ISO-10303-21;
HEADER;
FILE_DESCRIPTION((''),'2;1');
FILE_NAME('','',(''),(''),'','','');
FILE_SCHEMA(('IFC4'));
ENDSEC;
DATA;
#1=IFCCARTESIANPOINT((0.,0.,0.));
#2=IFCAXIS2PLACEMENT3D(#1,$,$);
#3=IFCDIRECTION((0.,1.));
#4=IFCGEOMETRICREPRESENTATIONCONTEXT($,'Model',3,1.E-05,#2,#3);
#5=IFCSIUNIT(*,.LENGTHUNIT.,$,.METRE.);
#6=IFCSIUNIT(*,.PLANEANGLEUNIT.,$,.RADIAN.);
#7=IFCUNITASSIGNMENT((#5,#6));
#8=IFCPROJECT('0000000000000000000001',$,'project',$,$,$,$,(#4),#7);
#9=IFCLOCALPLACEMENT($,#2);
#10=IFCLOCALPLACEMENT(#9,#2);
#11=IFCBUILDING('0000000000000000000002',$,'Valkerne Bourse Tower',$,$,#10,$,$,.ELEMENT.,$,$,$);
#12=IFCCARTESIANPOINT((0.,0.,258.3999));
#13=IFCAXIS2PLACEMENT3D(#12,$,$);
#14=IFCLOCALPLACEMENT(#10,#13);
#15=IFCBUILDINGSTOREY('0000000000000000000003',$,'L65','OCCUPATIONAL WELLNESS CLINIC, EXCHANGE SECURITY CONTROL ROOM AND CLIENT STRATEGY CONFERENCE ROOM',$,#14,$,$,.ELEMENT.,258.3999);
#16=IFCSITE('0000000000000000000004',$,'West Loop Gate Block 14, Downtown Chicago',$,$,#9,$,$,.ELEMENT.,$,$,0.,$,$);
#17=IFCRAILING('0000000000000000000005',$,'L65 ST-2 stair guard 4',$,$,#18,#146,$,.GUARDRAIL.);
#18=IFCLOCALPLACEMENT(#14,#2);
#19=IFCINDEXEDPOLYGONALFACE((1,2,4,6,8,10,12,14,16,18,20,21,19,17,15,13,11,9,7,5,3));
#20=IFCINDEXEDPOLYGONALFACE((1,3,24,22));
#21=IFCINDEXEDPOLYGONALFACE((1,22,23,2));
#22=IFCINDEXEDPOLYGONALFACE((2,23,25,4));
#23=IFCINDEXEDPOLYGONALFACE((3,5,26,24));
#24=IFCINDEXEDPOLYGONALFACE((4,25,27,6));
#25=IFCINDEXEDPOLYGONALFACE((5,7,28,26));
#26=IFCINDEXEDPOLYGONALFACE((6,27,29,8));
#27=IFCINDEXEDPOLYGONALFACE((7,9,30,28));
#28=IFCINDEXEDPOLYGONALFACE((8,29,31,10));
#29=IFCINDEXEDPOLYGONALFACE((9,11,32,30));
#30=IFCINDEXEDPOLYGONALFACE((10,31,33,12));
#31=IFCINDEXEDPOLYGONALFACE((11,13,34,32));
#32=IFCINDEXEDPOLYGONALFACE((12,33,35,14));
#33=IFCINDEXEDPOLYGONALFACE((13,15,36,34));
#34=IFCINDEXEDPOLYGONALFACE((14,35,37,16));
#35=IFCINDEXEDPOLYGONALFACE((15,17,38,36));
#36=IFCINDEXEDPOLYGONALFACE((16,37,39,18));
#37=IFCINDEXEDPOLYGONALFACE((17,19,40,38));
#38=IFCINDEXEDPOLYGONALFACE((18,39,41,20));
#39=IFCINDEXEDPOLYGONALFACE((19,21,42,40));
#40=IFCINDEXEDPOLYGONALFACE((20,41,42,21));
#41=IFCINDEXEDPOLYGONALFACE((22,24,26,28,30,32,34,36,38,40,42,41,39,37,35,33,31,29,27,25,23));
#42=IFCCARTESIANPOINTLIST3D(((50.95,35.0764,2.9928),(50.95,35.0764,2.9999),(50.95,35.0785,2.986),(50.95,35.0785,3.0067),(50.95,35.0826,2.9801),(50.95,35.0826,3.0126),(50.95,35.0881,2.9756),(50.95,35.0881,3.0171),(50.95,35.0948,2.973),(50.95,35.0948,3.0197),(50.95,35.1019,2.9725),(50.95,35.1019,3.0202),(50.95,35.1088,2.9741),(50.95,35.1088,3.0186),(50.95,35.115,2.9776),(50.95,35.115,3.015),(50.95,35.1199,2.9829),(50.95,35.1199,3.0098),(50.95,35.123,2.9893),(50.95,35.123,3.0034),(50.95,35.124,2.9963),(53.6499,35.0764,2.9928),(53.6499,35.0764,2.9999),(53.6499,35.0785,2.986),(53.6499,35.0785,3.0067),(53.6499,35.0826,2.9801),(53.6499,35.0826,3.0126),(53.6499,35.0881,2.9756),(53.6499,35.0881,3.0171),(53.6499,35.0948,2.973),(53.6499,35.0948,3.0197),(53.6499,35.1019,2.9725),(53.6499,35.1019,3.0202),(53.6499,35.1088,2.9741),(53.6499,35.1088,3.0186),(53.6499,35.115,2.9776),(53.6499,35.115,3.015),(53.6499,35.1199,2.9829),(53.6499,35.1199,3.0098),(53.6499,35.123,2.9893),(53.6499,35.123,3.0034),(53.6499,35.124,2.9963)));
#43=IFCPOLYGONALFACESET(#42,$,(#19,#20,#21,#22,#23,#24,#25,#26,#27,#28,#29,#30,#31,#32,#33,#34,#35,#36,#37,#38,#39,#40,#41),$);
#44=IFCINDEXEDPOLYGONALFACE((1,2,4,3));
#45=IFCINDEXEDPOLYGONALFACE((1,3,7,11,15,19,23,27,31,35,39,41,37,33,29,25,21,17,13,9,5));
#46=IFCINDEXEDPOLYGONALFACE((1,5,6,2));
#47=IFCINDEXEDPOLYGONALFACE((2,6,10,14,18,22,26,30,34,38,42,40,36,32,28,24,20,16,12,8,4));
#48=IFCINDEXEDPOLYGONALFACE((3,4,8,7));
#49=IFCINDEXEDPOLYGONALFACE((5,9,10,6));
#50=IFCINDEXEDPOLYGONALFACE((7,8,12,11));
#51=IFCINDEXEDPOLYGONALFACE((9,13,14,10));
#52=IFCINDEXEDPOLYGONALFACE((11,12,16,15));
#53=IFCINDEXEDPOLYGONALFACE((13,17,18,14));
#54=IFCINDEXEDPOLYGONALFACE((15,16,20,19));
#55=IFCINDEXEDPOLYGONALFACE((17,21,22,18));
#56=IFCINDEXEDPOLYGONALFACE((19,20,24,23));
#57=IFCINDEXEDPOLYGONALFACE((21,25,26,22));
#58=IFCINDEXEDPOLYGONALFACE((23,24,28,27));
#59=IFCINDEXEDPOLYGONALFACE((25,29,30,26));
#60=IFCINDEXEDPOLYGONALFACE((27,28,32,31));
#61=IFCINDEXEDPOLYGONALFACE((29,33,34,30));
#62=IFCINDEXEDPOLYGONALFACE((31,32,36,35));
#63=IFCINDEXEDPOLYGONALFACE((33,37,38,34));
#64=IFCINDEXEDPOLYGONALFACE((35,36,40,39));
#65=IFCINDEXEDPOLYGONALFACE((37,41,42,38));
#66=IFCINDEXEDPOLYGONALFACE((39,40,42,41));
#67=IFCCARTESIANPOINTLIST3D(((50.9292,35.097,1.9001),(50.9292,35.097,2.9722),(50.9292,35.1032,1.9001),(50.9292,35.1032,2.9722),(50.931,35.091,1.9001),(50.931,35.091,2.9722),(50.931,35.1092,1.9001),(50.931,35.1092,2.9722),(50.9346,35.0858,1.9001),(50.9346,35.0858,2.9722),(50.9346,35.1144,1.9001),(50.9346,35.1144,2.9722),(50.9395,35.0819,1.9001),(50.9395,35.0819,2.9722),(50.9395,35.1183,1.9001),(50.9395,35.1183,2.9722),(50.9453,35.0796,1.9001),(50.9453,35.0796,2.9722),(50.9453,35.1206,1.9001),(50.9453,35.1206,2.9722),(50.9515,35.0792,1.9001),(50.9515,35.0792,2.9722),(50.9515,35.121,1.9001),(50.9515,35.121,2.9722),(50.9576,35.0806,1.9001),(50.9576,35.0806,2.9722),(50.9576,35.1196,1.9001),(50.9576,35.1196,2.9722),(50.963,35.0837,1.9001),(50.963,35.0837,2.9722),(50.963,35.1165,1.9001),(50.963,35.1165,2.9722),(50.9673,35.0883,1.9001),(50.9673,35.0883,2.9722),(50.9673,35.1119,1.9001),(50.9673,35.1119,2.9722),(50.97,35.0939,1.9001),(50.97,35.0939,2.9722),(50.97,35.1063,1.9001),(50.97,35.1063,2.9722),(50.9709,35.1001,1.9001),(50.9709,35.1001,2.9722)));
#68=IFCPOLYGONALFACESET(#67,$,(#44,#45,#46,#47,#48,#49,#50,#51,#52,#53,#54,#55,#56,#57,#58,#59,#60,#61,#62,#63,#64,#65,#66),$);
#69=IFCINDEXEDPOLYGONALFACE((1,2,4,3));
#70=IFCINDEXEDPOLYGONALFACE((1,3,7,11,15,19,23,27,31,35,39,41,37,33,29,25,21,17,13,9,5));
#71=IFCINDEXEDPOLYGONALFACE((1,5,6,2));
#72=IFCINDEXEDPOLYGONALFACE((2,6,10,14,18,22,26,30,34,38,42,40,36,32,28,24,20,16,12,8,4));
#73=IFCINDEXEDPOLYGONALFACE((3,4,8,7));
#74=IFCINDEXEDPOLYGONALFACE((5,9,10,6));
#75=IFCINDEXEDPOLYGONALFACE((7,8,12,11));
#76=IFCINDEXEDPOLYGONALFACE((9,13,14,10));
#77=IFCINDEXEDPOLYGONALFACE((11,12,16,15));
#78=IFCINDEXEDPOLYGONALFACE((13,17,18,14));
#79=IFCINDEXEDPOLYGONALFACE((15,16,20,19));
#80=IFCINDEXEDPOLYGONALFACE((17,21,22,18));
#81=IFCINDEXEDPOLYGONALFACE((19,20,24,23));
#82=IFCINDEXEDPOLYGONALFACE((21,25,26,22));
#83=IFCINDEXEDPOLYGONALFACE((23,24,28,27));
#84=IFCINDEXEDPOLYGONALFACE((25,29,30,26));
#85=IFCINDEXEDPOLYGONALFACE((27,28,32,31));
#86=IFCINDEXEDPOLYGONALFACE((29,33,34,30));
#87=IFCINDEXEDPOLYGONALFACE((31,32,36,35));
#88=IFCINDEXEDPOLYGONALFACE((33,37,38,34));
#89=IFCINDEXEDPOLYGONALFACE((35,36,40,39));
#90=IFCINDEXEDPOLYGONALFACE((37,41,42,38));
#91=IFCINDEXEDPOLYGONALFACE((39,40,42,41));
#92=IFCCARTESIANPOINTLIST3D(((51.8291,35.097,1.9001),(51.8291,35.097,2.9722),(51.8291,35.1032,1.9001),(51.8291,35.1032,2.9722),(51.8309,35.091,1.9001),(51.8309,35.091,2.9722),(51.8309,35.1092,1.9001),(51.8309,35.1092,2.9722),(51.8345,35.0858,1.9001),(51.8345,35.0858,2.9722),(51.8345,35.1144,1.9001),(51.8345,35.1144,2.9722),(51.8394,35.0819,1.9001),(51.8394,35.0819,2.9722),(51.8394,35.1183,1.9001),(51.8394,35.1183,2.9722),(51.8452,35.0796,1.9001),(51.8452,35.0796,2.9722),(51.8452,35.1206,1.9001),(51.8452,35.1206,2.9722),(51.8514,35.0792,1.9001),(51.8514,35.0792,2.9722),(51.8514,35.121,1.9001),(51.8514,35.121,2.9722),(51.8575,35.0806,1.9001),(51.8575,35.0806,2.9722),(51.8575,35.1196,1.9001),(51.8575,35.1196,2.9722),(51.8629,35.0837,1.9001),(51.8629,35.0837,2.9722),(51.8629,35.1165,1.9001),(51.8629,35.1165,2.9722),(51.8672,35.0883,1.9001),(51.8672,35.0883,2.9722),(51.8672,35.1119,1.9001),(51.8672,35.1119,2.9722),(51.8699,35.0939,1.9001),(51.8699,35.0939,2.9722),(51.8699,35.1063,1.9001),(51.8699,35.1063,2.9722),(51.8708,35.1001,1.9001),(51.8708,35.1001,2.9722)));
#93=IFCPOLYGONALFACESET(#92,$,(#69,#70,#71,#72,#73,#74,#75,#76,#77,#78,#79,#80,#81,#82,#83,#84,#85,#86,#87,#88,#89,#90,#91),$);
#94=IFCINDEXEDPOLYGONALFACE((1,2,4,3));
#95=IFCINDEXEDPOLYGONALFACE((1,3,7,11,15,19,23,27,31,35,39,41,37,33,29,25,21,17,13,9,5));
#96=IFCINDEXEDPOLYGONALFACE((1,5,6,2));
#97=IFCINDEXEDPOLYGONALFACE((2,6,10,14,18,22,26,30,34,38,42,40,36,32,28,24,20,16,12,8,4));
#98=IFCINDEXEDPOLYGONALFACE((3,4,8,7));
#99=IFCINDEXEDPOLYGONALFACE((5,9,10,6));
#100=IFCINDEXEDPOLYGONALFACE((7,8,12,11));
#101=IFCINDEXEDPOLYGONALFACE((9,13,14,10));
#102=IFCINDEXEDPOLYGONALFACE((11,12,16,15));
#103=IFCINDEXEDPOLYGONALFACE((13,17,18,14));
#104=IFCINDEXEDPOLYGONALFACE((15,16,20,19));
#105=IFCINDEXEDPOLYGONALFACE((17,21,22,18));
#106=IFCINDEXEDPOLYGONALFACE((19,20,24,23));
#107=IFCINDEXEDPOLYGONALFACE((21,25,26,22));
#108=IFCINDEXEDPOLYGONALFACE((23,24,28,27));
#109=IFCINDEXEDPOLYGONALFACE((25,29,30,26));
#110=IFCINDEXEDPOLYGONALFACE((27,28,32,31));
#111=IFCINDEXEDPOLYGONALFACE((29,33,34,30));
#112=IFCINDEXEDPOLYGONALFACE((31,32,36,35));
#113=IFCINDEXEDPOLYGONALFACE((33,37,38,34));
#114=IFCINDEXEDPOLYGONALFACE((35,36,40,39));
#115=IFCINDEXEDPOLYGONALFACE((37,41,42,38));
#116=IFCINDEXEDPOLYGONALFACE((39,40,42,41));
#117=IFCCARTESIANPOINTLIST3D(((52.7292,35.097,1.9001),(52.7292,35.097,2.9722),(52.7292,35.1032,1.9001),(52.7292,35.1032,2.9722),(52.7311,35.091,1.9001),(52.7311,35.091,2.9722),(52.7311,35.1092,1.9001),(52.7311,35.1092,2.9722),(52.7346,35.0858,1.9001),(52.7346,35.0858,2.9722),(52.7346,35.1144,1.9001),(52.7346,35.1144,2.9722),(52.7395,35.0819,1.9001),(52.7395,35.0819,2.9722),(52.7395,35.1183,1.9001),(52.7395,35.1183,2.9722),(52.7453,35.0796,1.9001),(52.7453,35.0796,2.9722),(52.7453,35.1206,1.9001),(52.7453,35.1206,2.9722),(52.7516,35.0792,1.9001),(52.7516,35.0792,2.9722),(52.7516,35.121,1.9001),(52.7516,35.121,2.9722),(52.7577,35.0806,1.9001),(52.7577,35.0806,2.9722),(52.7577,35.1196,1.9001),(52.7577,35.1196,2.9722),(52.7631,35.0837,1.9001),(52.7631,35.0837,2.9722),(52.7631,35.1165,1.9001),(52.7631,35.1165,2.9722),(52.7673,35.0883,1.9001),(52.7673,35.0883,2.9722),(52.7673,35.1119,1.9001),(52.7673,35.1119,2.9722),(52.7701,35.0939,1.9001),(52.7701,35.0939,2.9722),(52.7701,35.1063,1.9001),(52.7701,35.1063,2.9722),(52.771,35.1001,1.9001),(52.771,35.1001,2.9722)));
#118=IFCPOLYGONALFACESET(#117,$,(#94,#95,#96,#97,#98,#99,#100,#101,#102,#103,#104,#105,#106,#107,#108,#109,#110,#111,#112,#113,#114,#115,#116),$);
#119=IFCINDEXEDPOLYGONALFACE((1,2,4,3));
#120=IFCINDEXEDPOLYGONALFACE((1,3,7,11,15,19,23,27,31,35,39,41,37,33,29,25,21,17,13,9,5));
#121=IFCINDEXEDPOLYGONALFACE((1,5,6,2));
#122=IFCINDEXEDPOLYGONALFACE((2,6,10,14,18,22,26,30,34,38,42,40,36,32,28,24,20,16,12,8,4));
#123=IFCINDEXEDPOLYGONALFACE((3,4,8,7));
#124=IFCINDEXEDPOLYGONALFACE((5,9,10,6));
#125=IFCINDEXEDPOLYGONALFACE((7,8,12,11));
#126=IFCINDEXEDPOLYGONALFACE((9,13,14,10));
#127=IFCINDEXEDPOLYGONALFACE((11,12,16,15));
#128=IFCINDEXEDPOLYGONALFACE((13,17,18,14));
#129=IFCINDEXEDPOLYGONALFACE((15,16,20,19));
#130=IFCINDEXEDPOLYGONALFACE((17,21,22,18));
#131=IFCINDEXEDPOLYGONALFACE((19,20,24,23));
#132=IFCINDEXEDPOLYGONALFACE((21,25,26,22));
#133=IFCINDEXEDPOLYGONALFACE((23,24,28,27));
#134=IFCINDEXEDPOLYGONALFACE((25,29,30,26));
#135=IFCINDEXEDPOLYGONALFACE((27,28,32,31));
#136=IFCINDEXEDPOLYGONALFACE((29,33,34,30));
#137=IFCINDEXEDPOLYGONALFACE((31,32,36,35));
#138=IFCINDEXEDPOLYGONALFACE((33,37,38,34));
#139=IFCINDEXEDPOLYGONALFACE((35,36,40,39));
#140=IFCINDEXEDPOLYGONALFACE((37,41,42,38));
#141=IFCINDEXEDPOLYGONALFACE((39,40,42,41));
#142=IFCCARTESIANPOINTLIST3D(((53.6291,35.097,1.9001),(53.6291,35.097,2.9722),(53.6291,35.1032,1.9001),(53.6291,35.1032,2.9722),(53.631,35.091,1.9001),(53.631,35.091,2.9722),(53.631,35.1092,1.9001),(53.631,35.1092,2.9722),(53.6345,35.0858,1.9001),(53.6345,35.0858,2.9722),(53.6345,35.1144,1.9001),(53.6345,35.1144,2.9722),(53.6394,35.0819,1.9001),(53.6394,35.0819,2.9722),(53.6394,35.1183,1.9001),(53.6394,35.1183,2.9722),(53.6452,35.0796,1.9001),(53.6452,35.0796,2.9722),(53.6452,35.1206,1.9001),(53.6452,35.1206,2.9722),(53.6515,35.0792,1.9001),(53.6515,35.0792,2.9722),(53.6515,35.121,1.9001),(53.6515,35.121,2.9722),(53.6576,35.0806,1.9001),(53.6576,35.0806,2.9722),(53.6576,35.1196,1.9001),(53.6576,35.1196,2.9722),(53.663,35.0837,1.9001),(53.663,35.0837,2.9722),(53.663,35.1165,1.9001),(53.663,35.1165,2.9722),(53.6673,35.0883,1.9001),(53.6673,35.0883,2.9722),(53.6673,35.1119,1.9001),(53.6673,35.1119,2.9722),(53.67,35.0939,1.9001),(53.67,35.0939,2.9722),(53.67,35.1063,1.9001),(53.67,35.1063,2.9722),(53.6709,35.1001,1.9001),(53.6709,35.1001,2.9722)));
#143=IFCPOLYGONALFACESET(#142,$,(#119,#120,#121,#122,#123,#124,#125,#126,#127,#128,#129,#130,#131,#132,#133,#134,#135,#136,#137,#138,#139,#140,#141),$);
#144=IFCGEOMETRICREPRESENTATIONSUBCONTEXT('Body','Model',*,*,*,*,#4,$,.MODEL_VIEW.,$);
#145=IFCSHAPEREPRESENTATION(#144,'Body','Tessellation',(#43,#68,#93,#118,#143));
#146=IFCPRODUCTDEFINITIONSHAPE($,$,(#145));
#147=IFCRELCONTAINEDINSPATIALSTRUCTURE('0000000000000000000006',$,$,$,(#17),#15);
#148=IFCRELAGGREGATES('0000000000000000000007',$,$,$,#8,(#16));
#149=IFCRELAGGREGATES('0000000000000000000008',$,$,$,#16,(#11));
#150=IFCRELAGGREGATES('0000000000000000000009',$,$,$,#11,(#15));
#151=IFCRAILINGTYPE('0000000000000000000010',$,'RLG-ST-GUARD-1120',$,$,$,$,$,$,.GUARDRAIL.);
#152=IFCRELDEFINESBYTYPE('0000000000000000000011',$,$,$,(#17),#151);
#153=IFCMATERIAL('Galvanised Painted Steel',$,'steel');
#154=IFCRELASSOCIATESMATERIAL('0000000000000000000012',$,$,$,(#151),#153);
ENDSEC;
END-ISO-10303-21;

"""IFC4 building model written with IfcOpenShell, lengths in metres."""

from ifc_helpers import new_model, si_unit, direction, frame, origin, origin_2d, place, context, subcontext, project, spatial, circle, extrude, material, type_object, element, save


model = new_model("IFC4")

# Units and contexts
model_context = context("Model", 3, precision=1e-05, world=origin(), true_north=direction((0.0, 1.0)))
body_context = subcontext(model_context, "Body", "Model", "MODEL_VIEW")
ifc_project = project(units=[si_unit("LENGTHUNIT", "METRE"), si_unit("PLANEANGLEUNIT", "RADIAN")], contexts=[model_context])

# Site, building, storey
site_placement = place(None, origin())
site = spatial("IfcSite", under=ifc_project, at=site_placement, Name="West Loop Gate Block 14, Downtown Chicago", CompositionType="ELEMENT", RefElevation=0.0)
building_placement = place(site_placement, origin())
building = spatial("IfcBuilding", under=site, at=building_placement, Name="Valkerne Bourse Tower", CompositionType="ELEMENT")
storey_placement = place(building_placement, frame((0.0, 0.0, 258.3999)))
storey = spatial("IfcBuildingStorey", under=building, at=storey_placement, Name="L65", Description="OCCUPATIONAL WELLNESS CLINIC, EXCHANGE SECURITY CONTROL ROOM AND CLIENT STRATEGY CONFERENCE ROOM", CompositionType="ELEMENT", Elevation=258.3999)

# Railing
ifc_material_1 = material(Name="Galvanised Painted Steel", Category="steel")
railing_type_1 = type_object("IfcRailingType", Name="RLG-ST-GUARD-1120", PredefinedType="GUARDRAIL", material=ifc_material_1)
railing_1_placement = place(storey_placement, frame((50.95, 35.1001, 1.9001)))
element("IfcRailing", 1, at=railing_1_placement, inside=storey, type_object=railing_type_1, Name="L65 ST-2 stair guard 4", PredefinedType="GUARDRAIL", context=body_context, shape_type="SweptSolid", body=[
    extrude(circle(Radius=0.0239, at=origin_2d()), frame((0.0, 0.0, 1.0962), z_axis=(1.0, 0.0, 0.0), x_axis=(0.0, 1.0, 0.0)), (0.0, 0.0, 1.0), 2.7),
    extrude(circle(Radius=0.021, at=origin_2d()), origin(), (0.0, 0.0, 1.0), 1.072),
    extrude(circle(Radius=0.021, at=origin_2d()), frame((0.8999, 0.0, 0.0)), (0.0, 0.0, 1.0), 1.072),
    extrude(circle(Radius=0.021, at=origin_2d()), frame((1.8, 0.0, 0.0)), (0.0, 0.0, 1.0), 1.072),
    extrude(circle(Radius=0.021, at=origin_2d()), frame((2.7, 0.0, 0.0)), (0.0, 0.0, 1.0), 1.072),
])

save(model, "model.ifc")
